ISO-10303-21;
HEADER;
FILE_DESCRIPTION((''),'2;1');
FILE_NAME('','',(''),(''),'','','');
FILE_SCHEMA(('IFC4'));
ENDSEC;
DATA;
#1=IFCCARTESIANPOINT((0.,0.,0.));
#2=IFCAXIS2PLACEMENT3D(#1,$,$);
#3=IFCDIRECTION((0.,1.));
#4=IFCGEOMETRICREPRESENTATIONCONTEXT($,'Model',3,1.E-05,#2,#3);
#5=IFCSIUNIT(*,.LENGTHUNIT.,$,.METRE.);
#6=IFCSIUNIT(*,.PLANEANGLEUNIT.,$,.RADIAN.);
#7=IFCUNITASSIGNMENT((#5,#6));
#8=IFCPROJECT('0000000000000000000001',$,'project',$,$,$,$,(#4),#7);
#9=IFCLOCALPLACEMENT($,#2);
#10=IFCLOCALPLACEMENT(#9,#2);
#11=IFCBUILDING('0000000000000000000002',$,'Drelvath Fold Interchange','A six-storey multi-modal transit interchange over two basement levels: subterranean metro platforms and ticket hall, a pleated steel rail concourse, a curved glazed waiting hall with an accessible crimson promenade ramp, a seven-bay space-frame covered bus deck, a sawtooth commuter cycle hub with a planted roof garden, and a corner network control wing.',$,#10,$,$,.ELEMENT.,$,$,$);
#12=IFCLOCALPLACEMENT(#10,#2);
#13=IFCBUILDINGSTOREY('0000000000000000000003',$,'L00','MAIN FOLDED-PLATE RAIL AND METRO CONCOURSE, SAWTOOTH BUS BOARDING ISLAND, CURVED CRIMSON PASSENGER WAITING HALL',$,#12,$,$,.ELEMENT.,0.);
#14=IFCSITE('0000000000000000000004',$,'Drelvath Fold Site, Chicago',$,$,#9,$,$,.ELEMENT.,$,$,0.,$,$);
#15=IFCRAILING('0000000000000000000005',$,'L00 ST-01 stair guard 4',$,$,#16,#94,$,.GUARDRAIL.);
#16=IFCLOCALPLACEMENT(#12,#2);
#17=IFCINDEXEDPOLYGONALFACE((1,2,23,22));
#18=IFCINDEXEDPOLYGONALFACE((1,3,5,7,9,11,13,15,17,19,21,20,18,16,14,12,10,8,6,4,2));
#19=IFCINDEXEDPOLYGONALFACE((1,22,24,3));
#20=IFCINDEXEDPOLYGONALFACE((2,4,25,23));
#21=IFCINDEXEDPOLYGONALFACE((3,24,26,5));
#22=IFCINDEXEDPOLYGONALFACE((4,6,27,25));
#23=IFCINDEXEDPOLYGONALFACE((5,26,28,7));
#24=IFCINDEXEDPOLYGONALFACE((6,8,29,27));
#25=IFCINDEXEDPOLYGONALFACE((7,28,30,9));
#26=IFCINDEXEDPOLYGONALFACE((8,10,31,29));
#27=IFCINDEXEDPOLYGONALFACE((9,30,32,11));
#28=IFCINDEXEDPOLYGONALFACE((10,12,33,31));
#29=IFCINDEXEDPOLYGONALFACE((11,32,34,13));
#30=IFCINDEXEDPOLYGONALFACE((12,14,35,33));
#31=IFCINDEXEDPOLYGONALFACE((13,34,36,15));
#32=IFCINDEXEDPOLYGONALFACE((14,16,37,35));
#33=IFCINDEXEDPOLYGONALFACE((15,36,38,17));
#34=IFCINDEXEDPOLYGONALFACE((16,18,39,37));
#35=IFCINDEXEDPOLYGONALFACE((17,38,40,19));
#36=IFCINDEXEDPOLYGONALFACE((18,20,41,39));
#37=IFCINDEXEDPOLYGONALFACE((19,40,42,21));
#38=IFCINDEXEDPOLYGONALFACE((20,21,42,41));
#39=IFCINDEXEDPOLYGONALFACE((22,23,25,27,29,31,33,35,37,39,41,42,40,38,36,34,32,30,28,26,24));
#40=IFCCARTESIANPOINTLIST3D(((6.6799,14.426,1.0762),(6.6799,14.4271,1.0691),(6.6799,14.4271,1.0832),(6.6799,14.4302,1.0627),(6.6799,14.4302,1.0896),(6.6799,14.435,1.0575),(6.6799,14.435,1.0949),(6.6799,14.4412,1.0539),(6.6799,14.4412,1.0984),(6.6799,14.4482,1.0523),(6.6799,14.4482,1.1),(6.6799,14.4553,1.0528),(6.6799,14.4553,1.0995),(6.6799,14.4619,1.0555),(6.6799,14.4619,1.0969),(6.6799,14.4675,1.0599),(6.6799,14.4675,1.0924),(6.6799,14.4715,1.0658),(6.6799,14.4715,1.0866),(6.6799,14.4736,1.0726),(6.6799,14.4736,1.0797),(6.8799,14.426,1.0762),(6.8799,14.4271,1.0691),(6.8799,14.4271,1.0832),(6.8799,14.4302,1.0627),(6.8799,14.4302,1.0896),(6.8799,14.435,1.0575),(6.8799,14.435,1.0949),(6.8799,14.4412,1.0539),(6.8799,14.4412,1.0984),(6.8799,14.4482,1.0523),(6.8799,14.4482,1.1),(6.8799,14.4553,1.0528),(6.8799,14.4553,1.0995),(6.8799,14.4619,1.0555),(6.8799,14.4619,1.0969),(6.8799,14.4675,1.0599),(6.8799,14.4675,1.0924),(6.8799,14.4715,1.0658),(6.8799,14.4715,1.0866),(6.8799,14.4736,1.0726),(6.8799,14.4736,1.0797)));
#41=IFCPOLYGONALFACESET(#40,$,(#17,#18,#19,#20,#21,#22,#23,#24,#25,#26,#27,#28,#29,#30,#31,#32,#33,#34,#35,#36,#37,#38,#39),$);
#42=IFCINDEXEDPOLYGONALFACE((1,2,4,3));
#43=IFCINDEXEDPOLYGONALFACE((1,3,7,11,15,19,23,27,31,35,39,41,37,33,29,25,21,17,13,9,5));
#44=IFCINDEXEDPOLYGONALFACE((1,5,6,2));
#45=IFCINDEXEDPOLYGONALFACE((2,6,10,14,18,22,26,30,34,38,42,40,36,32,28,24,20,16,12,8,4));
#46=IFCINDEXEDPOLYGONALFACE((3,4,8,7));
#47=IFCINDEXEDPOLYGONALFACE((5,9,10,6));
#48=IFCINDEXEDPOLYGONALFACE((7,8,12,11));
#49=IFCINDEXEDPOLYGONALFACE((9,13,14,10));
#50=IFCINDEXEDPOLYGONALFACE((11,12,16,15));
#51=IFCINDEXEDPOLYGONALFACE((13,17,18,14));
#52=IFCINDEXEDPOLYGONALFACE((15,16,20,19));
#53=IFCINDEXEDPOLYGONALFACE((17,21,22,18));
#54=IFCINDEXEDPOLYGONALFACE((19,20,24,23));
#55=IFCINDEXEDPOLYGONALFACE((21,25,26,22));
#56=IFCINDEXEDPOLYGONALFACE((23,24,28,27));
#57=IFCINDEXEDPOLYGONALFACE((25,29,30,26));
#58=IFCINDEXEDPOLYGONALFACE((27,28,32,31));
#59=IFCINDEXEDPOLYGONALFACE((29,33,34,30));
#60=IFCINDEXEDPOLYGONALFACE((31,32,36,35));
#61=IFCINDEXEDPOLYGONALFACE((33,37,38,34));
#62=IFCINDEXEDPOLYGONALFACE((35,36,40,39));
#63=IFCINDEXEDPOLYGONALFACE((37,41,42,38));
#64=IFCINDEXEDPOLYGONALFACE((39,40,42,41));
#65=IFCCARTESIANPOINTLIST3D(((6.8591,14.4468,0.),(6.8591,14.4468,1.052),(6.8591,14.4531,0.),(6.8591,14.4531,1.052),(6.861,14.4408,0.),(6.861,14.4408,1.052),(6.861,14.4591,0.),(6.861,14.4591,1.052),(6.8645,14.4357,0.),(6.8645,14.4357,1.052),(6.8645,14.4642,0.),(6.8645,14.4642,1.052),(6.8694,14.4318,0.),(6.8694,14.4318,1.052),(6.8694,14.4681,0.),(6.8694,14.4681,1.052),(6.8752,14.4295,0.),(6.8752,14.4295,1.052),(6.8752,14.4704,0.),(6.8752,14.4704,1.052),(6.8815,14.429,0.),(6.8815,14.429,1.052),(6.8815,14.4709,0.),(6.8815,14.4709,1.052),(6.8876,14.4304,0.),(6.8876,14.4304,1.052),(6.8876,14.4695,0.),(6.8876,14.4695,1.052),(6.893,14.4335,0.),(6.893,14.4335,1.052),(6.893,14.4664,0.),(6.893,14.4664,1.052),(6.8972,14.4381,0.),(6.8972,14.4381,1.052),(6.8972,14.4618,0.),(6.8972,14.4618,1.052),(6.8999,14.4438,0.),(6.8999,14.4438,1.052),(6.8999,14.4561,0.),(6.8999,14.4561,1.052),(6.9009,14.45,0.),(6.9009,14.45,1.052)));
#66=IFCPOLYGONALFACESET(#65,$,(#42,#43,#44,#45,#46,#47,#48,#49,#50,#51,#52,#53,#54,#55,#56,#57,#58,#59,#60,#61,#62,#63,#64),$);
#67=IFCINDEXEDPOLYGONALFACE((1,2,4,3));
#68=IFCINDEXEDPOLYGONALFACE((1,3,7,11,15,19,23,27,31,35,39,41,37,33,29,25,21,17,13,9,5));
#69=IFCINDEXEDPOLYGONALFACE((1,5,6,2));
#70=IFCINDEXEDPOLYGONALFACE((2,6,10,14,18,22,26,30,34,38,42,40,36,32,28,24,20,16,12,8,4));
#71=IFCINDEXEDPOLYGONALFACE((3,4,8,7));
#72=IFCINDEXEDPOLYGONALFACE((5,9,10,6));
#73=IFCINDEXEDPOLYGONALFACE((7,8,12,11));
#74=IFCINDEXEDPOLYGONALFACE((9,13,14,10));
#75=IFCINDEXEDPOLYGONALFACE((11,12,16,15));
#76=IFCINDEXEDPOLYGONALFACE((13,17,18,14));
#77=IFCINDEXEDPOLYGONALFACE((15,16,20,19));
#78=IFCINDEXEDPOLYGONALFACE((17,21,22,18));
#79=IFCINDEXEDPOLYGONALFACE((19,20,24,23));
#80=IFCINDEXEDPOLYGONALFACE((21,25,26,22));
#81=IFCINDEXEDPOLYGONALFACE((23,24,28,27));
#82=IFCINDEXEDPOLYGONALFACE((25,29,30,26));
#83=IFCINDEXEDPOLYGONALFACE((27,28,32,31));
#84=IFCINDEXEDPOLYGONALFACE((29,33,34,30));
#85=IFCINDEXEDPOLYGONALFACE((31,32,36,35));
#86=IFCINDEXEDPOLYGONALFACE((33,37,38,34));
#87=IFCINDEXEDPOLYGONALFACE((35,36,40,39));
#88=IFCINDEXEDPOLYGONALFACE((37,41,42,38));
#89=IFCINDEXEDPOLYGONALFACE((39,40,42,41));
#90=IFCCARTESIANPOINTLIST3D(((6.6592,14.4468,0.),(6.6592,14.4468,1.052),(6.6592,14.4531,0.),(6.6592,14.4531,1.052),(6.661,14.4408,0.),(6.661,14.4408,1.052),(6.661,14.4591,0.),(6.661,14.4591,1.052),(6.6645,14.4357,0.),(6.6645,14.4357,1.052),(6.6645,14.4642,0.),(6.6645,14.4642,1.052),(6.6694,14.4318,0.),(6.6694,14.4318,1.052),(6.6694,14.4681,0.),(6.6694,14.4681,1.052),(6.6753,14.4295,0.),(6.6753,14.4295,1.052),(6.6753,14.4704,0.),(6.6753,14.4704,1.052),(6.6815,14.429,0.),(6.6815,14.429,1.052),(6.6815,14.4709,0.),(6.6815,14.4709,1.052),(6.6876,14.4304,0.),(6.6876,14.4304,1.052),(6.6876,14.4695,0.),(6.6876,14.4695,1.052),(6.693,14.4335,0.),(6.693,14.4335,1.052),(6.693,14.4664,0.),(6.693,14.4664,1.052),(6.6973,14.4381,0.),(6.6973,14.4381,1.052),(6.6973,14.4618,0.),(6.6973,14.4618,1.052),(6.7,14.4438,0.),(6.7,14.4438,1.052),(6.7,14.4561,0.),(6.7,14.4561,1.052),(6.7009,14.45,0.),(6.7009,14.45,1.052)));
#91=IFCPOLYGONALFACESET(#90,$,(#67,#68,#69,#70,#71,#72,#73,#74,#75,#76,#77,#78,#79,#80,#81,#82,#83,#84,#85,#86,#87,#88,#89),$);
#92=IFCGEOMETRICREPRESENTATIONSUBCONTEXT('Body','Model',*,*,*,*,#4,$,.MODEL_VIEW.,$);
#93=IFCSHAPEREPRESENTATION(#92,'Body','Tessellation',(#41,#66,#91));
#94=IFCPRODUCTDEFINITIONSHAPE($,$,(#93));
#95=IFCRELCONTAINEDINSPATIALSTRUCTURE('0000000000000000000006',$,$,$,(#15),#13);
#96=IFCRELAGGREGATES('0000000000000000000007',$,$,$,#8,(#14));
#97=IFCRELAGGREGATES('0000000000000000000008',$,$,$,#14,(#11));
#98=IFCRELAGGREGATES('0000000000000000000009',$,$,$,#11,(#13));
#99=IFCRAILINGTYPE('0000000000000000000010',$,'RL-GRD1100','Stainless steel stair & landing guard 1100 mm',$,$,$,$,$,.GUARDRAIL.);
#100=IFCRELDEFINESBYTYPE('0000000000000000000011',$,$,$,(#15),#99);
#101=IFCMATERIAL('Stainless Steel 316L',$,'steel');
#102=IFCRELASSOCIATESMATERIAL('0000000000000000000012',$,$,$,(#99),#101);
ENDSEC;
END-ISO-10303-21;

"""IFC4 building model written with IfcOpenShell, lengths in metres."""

from ifc_helpers import new_model, si_unit, direction, frame, origin, origin_2d, place, context, subcontext, project, spatial, circle, extrude, material, type_object, element, save


model = new_model("IFC4")

# Units and contexts
model_context = context("Model", 3, precision=1e-05, world=origin(), true_north=direction((0.0, 1.0)))
body_context = subcontext(model_context, "Body", "Model", "MODEL_VIEW")
ifc_project = project(units=[si_unit("LENGTHUNIT", "METRE"), si_unit("PLANEANGLEUNIT", "RADIAN")], contexts=[model_context])

# Site, building, storey
site_placement = place(None, origin())
site = spatial("IfcSite", under=ifc_project, at=site_placement, Name="Drelvath Fold Site, Chicago", CompositionType="ELEMENT", RefElevation=0.0)
building_placement = place(site_placement, origin())
building = spatial("IfcBuilding", under=site, at=building_placement, Name="Drelvath Fold Interchange", Description="A six-storey multi-modal transit interchange over two basement levels: subterranean metro platforms and ticket hall, a pleated steel rail concourse, a curved glazed waiting hall with an accessible crimson promenade ramp, a seven-bay space-frame covered bus deck, a sawtooth commuter cycle hub with a planted roof garden, and a corner network control wing.", CompositionType="ELEMENT")
storey_placement = place(building_placement, origin())
storey = spatial("IfcBuildingStorey", under=building, at=storey_placement, Name="L00", Description="MAIN FOLDED-PLATE RAIL AND METRO CONCOURSE, SAWTOOTH BUS BOARDING ISLAND, CURVED CRIMSON PASSENGER WAITING HALL", CompositionType="ELEMENT", Elevation=0.0)

# Railing
ifc_material_1 = material(Name="Stainless Steel 316L", Category="steel")
railing_type_1 = type_object("IfcRailingType", Name="RL-GRD1100", Description="Stainless steel stair & landing guard 1100 mm", PredefinedType="GUARDRAIL", material=ifc_material_1)
railing_1_placement = place(storey_placement, frame((6.8799, 14.45, 0.0)))
element("IfcRailing", 1, at=railing_1_placement, inside=storey, type_object=railing_type_1, Name="L00 ST-01 stair guard 4", PredefinedType="GUARDRAIL", context=body_context, shape_type="SweptSolid", body=[
    extrude(circle(Radius=0.0239, at=origin_2d()), frame((0.0, 0.0, 1.0762), z_axis=(-1.0, 0.0, 0.0), x_axis=(0.0, -1.0, 0.0)), (0.0, 0.0, 1.0), 0.2),
    extrude(circle(Radius=0.021, at=origin_2d()), origin(), (0.0, 0.0, 1.0), 1.052),
    extrude(circle(Radius=0.021, at=origin_2d()), frame((-0.2, 0.0, 0.0)), (0.0, 0.0, 1.0), 1.052),
])

save(model, "model.ifc")
